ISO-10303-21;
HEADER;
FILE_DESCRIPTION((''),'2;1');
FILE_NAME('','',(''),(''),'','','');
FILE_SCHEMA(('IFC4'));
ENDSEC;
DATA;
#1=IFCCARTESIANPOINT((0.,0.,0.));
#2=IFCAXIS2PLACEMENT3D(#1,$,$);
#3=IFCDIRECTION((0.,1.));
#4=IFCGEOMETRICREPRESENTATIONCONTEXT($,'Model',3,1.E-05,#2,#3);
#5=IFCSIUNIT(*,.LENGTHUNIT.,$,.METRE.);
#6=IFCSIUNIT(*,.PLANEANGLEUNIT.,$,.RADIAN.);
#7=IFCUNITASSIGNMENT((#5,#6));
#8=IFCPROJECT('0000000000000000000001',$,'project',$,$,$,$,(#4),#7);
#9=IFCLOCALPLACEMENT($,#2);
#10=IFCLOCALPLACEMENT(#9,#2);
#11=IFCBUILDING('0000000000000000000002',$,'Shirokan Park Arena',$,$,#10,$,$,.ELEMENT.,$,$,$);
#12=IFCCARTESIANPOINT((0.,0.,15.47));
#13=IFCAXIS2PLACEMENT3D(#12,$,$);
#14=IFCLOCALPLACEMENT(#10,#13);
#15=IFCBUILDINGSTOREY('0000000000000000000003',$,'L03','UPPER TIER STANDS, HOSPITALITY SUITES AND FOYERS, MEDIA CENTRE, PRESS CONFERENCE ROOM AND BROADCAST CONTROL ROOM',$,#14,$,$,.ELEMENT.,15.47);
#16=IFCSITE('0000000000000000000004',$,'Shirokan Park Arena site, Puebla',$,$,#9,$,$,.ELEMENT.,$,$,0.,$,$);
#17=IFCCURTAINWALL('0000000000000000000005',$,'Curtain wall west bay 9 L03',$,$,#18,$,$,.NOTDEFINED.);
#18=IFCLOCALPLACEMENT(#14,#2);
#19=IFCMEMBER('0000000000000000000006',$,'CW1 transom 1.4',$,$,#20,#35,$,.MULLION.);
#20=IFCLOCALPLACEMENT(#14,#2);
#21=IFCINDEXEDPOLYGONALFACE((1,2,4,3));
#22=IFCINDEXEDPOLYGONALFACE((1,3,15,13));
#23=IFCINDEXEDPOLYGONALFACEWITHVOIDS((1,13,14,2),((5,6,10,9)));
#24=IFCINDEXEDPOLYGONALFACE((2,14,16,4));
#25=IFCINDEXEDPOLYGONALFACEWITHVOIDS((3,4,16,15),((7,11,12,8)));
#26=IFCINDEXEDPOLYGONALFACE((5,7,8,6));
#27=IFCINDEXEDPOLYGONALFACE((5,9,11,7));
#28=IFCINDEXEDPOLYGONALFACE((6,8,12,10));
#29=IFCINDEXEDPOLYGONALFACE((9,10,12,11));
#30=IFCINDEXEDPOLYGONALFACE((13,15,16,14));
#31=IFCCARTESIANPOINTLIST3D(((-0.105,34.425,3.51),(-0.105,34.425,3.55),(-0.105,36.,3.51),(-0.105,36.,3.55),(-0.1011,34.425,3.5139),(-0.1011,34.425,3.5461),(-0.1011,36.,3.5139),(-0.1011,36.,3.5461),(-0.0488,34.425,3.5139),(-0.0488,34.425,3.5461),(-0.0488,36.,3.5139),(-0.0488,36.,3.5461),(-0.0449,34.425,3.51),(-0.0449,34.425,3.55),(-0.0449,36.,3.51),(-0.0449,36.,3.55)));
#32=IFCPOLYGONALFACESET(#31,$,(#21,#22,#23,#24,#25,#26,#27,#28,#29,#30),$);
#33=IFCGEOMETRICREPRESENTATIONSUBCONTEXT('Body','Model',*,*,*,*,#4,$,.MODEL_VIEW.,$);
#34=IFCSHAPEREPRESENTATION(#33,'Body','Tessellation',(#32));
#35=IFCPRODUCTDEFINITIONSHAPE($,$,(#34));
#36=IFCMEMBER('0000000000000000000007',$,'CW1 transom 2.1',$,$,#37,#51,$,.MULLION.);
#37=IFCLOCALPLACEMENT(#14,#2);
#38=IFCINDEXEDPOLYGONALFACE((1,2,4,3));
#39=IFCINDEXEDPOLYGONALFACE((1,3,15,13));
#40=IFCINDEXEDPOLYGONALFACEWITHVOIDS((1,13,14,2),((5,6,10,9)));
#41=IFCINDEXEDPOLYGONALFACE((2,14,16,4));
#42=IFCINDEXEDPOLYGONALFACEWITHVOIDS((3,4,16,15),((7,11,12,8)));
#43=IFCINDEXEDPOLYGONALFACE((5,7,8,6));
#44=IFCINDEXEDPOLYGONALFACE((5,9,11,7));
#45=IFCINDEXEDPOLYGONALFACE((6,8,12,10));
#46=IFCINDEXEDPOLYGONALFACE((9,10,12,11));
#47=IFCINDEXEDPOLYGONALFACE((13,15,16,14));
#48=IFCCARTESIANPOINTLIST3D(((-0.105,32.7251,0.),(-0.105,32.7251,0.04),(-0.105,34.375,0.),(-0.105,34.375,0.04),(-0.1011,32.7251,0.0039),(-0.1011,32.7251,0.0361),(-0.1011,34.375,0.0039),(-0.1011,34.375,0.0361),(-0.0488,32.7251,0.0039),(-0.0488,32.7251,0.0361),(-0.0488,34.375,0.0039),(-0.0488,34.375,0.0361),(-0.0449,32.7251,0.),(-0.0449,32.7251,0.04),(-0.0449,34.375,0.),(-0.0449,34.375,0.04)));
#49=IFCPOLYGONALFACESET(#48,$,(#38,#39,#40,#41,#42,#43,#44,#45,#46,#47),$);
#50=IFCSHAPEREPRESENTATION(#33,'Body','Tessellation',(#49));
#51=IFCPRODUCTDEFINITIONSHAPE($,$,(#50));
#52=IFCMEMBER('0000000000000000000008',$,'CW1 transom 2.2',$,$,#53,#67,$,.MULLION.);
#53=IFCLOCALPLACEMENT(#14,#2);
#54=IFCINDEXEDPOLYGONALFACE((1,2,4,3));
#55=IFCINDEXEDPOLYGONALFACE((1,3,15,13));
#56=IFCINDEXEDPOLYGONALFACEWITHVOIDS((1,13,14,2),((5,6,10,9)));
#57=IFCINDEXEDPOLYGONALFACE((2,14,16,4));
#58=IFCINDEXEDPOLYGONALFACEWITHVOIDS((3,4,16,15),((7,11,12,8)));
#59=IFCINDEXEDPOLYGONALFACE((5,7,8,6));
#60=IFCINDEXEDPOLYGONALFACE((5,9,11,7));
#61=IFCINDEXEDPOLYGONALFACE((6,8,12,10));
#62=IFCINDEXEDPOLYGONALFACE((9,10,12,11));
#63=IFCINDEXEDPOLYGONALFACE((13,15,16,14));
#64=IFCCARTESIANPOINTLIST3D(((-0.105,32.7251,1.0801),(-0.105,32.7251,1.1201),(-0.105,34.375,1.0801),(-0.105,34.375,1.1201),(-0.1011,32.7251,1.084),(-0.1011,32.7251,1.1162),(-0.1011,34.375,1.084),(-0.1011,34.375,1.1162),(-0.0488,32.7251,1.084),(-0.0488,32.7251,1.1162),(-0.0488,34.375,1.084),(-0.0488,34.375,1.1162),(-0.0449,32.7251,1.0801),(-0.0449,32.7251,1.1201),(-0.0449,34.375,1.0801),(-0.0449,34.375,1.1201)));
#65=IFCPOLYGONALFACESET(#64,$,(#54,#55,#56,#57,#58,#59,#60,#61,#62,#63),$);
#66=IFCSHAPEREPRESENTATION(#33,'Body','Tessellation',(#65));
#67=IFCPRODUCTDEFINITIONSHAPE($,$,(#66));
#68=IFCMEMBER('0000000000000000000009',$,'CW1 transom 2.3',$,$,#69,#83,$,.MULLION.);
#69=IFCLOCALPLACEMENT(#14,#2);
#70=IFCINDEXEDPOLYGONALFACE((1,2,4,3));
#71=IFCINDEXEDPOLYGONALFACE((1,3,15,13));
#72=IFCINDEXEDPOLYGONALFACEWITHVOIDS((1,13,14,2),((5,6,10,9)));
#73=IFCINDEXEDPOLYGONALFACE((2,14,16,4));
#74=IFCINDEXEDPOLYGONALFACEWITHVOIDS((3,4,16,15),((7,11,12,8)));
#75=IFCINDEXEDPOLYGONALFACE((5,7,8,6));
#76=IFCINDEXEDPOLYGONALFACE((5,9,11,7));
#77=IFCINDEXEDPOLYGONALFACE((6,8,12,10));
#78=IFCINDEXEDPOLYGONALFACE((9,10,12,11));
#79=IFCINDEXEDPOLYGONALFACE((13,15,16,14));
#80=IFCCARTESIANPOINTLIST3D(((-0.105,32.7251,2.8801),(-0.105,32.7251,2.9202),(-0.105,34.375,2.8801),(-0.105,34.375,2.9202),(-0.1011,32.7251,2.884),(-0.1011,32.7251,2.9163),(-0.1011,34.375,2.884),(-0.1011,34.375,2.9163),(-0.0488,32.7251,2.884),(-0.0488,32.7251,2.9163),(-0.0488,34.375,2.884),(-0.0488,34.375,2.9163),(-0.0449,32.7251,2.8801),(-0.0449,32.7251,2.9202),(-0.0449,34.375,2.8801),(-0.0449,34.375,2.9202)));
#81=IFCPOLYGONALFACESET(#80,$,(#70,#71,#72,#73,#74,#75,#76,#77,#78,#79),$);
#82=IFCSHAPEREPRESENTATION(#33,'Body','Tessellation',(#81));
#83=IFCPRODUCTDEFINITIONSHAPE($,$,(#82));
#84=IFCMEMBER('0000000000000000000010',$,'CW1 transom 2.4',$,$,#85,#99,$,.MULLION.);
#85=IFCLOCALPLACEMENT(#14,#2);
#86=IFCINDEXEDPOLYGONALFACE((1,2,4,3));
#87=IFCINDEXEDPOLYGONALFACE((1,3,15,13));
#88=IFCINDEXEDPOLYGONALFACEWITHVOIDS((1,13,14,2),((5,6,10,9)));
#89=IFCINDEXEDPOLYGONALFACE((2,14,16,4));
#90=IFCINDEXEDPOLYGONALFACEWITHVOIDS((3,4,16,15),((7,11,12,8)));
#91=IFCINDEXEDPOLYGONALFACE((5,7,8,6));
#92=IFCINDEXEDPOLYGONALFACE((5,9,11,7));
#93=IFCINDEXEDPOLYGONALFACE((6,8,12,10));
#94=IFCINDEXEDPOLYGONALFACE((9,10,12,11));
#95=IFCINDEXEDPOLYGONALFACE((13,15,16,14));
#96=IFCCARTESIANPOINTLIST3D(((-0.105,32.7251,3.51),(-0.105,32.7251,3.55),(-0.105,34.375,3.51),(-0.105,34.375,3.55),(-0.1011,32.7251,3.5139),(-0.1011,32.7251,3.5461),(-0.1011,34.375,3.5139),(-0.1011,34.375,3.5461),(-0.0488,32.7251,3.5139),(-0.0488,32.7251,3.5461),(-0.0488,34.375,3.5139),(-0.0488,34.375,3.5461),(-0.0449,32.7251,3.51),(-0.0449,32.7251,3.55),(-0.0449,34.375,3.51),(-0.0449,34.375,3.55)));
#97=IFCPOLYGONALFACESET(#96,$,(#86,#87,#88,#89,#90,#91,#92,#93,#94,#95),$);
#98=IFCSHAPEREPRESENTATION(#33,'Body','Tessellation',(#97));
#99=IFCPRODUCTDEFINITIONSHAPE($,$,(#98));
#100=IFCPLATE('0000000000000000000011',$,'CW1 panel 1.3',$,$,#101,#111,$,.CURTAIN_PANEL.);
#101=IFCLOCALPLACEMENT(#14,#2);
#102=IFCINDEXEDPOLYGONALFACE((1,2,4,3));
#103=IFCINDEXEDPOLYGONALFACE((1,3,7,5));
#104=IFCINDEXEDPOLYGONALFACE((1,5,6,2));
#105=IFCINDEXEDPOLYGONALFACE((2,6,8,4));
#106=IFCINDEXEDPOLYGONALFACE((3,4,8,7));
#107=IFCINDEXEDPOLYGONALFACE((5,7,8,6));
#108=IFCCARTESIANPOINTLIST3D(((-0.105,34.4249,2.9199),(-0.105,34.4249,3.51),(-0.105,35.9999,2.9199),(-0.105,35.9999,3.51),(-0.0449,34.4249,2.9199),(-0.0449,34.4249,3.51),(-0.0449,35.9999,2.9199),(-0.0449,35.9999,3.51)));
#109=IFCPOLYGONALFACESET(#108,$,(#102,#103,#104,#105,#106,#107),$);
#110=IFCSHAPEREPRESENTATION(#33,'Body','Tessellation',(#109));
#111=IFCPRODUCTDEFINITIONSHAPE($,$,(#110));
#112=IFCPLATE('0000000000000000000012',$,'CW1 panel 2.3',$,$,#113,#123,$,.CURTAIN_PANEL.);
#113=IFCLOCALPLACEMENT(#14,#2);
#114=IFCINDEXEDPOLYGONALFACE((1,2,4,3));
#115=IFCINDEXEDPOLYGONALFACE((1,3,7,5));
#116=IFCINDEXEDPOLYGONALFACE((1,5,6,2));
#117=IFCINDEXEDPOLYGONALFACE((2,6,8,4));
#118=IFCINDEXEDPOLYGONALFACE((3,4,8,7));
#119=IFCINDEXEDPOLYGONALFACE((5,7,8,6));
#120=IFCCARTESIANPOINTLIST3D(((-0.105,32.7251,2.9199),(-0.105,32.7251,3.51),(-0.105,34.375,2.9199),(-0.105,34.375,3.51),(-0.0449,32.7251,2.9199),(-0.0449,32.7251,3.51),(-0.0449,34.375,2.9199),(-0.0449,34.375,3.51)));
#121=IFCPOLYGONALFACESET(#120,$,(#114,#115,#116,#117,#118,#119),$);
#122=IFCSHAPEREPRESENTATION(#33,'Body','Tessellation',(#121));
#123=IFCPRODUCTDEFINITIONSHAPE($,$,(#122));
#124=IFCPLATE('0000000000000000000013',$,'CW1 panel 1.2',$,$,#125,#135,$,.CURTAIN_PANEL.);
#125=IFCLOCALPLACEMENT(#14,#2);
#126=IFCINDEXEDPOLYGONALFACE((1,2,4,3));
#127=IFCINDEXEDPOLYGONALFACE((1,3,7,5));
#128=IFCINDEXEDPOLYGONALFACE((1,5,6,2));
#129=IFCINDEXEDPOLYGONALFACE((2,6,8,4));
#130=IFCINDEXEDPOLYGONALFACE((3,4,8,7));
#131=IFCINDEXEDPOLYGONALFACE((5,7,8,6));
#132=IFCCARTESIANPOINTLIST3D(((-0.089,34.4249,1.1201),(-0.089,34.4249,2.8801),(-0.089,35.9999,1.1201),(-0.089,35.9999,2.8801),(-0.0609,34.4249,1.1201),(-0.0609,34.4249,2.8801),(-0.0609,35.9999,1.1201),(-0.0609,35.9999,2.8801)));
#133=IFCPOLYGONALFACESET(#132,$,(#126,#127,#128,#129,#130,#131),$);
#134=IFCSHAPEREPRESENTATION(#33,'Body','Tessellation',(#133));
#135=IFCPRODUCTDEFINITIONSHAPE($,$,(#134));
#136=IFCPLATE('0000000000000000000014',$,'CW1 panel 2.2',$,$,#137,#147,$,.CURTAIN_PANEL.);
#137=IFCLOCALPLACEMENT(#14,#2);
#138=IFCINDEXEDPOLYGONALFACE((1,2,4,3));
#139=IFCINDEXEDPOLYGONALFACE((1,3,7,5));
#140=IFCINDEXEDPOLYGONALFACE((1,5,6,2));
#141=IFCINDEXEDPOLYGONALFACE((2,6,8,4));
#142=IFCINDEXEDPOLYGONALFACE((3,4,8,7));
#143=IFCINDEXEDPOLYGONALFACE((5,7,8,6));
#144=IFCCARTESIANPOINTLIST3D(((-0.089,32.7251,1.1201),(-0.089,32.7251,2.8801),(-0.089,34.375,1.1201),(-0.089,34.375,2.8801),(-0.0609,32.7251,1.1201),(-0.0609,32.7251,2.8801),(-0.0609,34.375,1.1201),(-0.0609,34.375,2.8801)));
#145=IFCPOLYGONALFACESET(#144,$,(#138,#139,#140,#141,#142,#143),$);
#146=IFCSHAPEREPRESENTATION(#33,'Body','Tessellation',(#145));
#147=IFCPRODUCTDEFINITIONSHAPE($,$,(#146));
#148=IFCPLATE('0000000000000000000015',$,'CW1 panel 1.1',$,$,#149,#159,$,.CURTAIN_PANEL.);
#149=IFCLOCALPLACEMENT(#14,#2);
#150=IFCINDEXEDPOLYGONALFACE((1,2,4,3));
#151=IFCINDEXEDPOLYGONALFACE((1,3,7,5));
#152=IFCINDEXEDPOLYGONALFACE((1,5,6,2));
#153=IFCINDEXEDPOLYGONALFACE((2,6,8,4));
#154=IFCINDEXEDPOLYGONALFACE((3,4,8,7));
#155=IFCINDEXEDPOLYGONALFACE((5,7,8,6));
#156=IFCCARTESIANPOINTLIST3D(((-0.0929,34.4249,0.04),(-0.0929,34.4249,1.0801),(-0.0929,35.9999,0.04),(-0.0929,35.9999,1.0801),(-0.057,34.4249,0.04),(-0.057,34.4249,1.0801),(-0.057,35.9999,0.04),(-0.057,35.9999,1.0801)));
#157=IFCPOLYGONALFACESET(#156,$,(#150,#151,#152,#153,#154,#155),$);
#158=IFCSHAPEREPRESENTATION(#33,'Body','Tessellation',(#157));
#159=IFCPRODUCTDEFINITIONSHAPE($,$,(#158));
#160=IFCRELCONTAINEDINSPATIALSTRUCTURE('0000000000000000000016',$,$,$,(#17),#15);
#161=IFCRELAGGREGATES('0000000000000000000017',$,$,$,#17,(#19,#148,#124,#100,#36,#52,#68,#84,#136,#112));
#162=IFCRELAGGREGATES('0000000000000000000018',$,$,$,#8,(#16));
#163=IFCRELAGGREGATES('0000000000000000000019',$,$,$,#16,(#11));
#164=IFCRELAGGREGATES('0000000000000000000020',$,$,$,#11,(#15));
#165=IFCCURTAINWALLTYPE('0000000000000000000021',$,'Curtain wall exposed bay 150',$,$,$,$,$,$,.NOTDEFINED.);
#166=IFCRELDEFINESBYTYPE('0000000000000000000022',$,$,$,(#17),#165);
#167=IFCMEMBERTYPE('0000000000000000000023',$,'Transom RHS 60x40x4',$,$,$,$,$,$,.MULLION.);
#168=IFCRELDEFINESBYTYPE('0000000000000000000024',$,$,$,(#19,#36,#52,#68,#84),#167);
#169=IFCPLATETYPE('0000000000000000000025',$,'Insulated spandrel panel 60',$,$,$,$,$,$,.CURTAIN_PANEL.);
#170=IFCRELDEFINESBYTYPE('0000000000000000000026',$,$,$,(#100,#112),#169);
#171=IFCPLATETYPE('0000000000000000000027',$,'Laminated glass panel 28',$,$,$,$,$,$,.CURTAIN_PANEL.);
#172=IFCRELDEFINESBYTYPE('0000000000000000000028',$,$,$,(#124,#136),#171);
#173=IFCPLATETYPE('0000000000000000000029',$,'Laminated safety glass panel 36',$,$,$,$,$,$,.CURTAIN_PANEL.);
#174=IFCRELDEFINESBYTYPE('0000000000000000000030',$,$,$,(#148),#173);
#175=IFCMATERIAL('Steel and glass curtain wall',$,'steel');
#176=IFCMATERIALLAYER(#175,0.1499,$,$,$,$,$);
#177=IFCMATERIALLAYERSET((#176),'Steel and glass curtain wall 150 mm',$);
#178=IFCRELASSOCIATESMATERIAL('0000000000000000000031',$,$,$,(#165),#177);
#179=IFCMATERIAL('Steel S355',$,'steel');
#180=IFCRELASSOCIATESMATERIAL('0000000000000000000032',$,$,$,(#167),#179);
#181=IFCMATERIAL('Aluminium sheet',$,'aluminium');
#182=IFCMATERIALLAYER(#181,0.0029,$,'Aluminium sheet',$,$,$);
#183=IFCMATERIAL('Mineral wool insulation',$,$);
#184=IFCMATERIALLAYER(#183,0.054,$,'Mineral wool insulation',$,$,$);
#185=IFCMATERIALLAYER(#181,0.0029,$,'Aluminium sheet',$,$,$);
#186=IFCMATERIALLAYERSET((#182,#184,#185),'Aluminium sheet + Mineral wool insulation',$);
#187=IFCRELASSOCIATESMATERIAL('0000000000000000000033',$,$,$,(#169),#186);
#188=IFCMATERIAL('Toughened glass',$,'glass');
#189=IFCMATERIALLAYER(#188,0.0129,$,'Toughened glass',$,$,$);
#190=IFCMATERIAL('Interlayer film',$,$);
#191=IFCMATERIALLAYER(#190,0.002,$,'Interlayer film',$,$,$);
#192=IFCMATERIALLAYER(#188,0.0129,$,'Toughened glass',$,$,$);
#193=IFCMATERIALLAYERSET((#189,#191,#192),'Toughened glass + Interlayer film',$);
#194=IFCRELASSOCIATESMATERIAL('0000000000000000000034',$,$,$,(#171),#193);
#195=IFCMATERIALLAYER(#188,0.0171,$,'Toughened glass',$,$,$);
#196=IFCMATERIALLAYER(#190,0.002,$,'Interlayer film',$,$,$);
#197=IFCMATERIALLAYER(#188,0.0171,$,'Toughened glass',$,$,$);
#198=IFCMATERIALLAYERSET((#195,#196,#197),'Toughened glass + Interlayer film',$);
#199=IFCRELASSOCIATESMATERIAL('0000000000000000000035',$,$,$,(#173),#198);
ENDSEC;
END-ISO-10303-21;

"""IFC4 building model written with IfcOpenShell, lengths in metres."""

from ifc_helpers import new_model, si_unit, direction, frame, origin, origin_2d, place, context, subcontext, project, spatial, rectangle, hollow_rectangle, extrude, material, layer, layer_set, material_profile, profile_set, type_object, element, aggregate, save


model = new_model("IFC4")

# Units and contexts
model_context = context("Model", 3, precision=1e-05, world=origin(), true_north=direction((0.0, 1.0)))
body_context = subcontext(model_context, "Body", "Model", "MODEL_VIEW")
ifc_project = project(units=[si_unit("LENGTHUNIT", "METRE"), si_unit("PLANEANGLEUNIT", "RADIAN")], contexts=[model_context])

# Site, building, storey
site_placement = place(None, origin())
site = spatial("IfcSite", under=ifc_project, at=site_placement, Name="Shirokan Park Arena site, Puebla", CompositionType="ELEMENT", RefElevation=0.0)
building_placement = place(site_placement, origin())
building = spatial("IfcBuilding", under=site, at=building_placement, Name="Shirokan Park Arena", CompositionType="ELEMENT")
storey_placement = place(building_placement, frame((0.0, 0.0, 15.47)))
storey = spatial("IfcBuildingStorey", under=building, at=storey_placement, Name="L03", Description="UPPER TIER STANDS, HOSPITALITY SUITES AND FOYERS, MEDIA CENTRE, PRESS CONFERENCE ROOM AND BROADCAST CONTROL ROOM", CompositionType="ELEMENT", Elevation=15.47)

# Shared definitions
ifc_material_1 = material(Name="Steel and glass curtain wall", Category="steel")
ifc_layer_1 = layer(ifc_material_1, 0.1499)
ifc_layer_set_1 = layer_set([ifc_layer_1], Name="Steel and glass curtain wall 150 mm")
curtain_wall_type = type_object("IfcCurtainWallType", Name="Curtain wall exposed bay 150", PredefinedType="NOTDEFINED", material=ifc_layer_set_1)
ifc_material_2 = material(Name="Steel S355", Category="steel")

# Curtain wall
curtain_wall_1_placement = place(storey_placement, origin())
curtain_wall_1 = element("IfcCurtainWall", 1, at=curtain_wall_1_placement, inside=storey, type_object=curtain_wall_type, Name="Curtain wall west bay 9 L03", PredefinedType="NOTDEFINED")

# Members
ifc_material_profile_1 = material_profile(ifc_material_2, hollow_rectangle(XDim=0.0601, YDim=0.04, WallThickness=0.0039, at=origin_2d()), Name="RHS 60x40x4")
ifc_profile_set_1 = profile_set([ifc_material_profile_1], Name="Steel S355")
member_type_1 = type_object("IfcMemberType", Name="Transom RHS 60x40x4", PredefinedType="MULLION", material=ifc_profile_set_1)
member_1_placement = place(storey_placement, frame((-0.075, 36.0, 3.53), z_axis=(0.0, -1.0, 0.0), x_axis=(1.0, 0.0, 0.0)))
member_1 = element("IfcMember", 2, at=member_1_placement, type_object=member_type_1, Name="CW1 transom 1.4", PredefinedType="MULLION", context=body_context, shape_type="SweptSolid", body=[
    extrude(hollow_rectangle(XDim=0.0601, YDim=0.04, WallThickness=0.0039, at=origin_2d()), origin(), (0.0, 0.0, 1.0), 1.575),
])
member_2_placement = place(storey_placement, frame((-0.075, 34.375, 0.02), z_axis=(0.0, -1.0, 0.0), x_axis=(1.0, 0.0, 0.0)))
member_2 = element("IfcMember", 3, at=member_2_placement, type_object=member_type_1, Name="CW1 transom 2.1", PredefinedType="MULLION", context=body_context, shape_type="SweptSolid", body=[
    extrude(hollow_rectangle(XDim=0.0601, YDim=0.04, WallThickness=0.0039, at=origin_2d()), origin(), (0.0, 0.0, 1.0), 1.6499),
])
member_3_placement = place(storey_placement, frame((-0.075, 34.375, 1.1001), z_axis=(0.0, -1.0, 0.0), x_axis=(1.0, 0.0, 0.0)))
member_3 = element("IfcMember", 4, at=member_3_placement, type_object=member_type_1, Name="CW1 transom 2.2", PredefinedType="MULLION", context=body_context, shape_type="SweptSolid", body=[
    extrude(hollow_rectangle(XDim=0.0601, YDim=0.04, WallThickness=0.0039, at=origin_2d()), origin(), (0.0, 0.0, 1.0), 1.6499),
])
member_4_placement = place(storey_placement, frame((-0.075, 34.375, 2.9001), z_axis=(0.0, -1.0, 0.0), x_axis=(1.0, 0.0, 0.0)))
member_4 = element("IfcMember", 5, at=member_4_placement, type_object=member_type_1, Name="CW1 transom 2.3", PredefinedType="MULLION", context=body_context, shape_type="SweptSolid", body=[
    extrude(hollow_rectangle(XDim=0.0601, YDim=0.04, WallThickness=0.0039, at=origin_2d()), origin(), (0.0, 0.0, 1.0), 1.6499),
])
member_5_placement = place(storey_placement, frame((-0.075, 34.375, 3.53), z_axis=(0.0, -1.0, 0.0), x_axis=(1.0, 0.0, 0.0)))
member_5 = element("IfcMember", 6, at=member_5_placement, type_object=member_type_1, Name="CW1 transom 2.4", PredefinedType="MULLION", context=body_context, shape_type="SweptSolid", body=[
    extrude(hollow_rectangle(XDim=0.0601, YDim=0.04, WallThickness=0.0039, at=origin_2d()), origin(), (0.0, 0.0, 1.0), 1.6499),
])

# Plates
ifc_material_3 = material(Name="Aluminium sheet", Category="aluminium")
ifc_layer_2 = layer(ifc_material_3, 0.0029, Name="Aluminium sheet")
ifc_material_4 = material(Name="Mineral wool insulation")
ifc_layer_3 = layer(ifc_material_4, 0.054, Name="Mineral wool insulation")
ifc_layer_4 = layer(ifc_material_3, 0.0029, Name="Aluminium sheet")
ifc_layer_set_2 = layer_set([ifc_layer_2, ifc_layer_3, ifc_layer_4], Name="Aluminium sheet + Mineral wool insulation")
plate_type_1 = type_object("IfcPlateType", Name="Insulated spandrel panel 60", PredefinedType="CURTAIN_PANEL", material=ifc_layer_set_2)
plate_1_placement = place(storey_placement, frame((-0.075, 35.2124, 2.9199), z_axis=(0.0, 0.0, 1.0), x_axis=(0.0, -1.0, 0.0)))
plate_1 = element("IfcPlate", 7, at=plate_1_placement, type_object=plate_type_1, Name="CW1 panel 1.3", PredefinedType="CURTAIN_PANEL", context=body_context, shape_type="SweptSolid", body=[
    extrude(rectangle(XDim=1.575, YDim=0.0601, at=origin_2d()), origin(), (0.0, 0.0, 1.0), 0.5901),
])
plate_2_placement = place(storey_placement, frame((-0.075, 33.55, 2.9199), z_axis=(0.0, 0.0, 1.0), x_axis=(0.0, -1.0, 0.0)))
plate_2 = element("IfcPlate", 8, at=plate_2_placement, type_object=plate_type_1, Name="CW1 panel 2.3", PredefinedType="CURTAIN_PANEL", context=body_context, shape_type="SweptSolid", body=[
    extrude(rectangle(XDim=1.6499, YDim=0.0601, at=origin_2d()), origin(), (0.0, 0.0, 1.0), 0.5901),
])
ifc_material_5 = material(Name="Toughened glass", Category="glass")
ifc_layer_5 = layer(ifc_material_5, 0.0129, Name="Toughened glass")
ifc_material_6 = material(Name="Interlayer film")
ifc_layer_6 = layer(ifc_material_6, 0.002, Name="Interlayer film")
ifc_layer_7 = layer(ifc_material_5, 0.0129, Name="Toughened glass")
ifc_layer_set_3 = layer_set([ifc_layer_5, ifc_layer_6, ifc_layer_7], Name="Toughened glass + Interlayer film")
plate_type_2 = type_object("IfcPlateType", Name="Laminated glass panel 28", PredefinedType="CURTAIN_PANEL", material=ifc_layer_set_3)
plate_3_placement = place(storey_placement, frame((-0.075, 35.2124, 1.1201), z_axis=(0.0, 0.0, 1.0), x_axis=(0.0, -1.0, 0.0)))
plate_3 = element("IfcPlate", 9, at=plate_3_placement, type_object=plate_type_2, Name="CW1 panel 1.2", PredefinedType="CURTAIN_PANEL", context=body_context, shape_type="SweptSolid", body=[
    extrude(rectangle(XDim=1.575, YDim=0.0281, at=origin_2d()), origin(), (0.0, 0.0, 1.0), 1.76),
])
plate_4_placement = place(storey_placement, frame((-0.075, 33.55, 1.1201), z_axis=(0.0, 0.0, 1.0), x_axis=(0.0, -1.0, 0.0)))
plate_4 = element("IfcPlate", 10, at=plate_4_placement, type_object=plate_type_2, Name="CW1 panel 2.2", PredefinedType="CURTAIN_PANEL", context=body_context, shape_type="SweptSolid", body=[
    extrude(rectangle(XDim=1.6499, YDim=0.0281, at=origin_2d()), origin(), (0.0, 0.0, 1.0), 1.76),
])
ifc_layer_8 = layer(ifc_material_5, 0.0171, Name="Toughened glass")
ifc_layer_9 = layer(ifc_material_6, 0.002, Name="Interlayer film")
ifc_layer_10 = layer(ifc_material_5, 0.0171, Name="Toughened glass")
ifc_layer_set_4 = layer_set([ifc_layer_8, ifc_layer_9, ifc_layer_10], Name="Toughened glass + Interlayer film")
plate_type_3 = type_object("IfcPlateType", Name="Laminated safety glass panel 36", PredefinedType="CURTAIN_PANEL", material=ifc_layer_set_4)
plate_5_placement = place(storey_placement, frame((-0.075, 35.2124, 0.04), z_axis=(0.0, 0.0, 1.0), x_axis=(0.0, -1.0, 0.0)))
plate_5 = element("IfcPlate", 11, at=plate_5_placement, type_object=plate_type_3, Name="CW1 panel 1.1", PredefinedType="CURTAIN_PANEL", context=body_context, shape_type="SweptSolid", body=[
    extrude(rectangle(XDim=1.575, YDim=0.0359, at=origin_2d()), origin(), (0.0, 0.0, 1.0), 1.04),
])
aggregate(curtain_wall_1, [member_1, plate_5, plate_3, plate_1, member_2, member_3, member_4, member_5, plate_4, plate_2])

save(model, "model.ifc")
